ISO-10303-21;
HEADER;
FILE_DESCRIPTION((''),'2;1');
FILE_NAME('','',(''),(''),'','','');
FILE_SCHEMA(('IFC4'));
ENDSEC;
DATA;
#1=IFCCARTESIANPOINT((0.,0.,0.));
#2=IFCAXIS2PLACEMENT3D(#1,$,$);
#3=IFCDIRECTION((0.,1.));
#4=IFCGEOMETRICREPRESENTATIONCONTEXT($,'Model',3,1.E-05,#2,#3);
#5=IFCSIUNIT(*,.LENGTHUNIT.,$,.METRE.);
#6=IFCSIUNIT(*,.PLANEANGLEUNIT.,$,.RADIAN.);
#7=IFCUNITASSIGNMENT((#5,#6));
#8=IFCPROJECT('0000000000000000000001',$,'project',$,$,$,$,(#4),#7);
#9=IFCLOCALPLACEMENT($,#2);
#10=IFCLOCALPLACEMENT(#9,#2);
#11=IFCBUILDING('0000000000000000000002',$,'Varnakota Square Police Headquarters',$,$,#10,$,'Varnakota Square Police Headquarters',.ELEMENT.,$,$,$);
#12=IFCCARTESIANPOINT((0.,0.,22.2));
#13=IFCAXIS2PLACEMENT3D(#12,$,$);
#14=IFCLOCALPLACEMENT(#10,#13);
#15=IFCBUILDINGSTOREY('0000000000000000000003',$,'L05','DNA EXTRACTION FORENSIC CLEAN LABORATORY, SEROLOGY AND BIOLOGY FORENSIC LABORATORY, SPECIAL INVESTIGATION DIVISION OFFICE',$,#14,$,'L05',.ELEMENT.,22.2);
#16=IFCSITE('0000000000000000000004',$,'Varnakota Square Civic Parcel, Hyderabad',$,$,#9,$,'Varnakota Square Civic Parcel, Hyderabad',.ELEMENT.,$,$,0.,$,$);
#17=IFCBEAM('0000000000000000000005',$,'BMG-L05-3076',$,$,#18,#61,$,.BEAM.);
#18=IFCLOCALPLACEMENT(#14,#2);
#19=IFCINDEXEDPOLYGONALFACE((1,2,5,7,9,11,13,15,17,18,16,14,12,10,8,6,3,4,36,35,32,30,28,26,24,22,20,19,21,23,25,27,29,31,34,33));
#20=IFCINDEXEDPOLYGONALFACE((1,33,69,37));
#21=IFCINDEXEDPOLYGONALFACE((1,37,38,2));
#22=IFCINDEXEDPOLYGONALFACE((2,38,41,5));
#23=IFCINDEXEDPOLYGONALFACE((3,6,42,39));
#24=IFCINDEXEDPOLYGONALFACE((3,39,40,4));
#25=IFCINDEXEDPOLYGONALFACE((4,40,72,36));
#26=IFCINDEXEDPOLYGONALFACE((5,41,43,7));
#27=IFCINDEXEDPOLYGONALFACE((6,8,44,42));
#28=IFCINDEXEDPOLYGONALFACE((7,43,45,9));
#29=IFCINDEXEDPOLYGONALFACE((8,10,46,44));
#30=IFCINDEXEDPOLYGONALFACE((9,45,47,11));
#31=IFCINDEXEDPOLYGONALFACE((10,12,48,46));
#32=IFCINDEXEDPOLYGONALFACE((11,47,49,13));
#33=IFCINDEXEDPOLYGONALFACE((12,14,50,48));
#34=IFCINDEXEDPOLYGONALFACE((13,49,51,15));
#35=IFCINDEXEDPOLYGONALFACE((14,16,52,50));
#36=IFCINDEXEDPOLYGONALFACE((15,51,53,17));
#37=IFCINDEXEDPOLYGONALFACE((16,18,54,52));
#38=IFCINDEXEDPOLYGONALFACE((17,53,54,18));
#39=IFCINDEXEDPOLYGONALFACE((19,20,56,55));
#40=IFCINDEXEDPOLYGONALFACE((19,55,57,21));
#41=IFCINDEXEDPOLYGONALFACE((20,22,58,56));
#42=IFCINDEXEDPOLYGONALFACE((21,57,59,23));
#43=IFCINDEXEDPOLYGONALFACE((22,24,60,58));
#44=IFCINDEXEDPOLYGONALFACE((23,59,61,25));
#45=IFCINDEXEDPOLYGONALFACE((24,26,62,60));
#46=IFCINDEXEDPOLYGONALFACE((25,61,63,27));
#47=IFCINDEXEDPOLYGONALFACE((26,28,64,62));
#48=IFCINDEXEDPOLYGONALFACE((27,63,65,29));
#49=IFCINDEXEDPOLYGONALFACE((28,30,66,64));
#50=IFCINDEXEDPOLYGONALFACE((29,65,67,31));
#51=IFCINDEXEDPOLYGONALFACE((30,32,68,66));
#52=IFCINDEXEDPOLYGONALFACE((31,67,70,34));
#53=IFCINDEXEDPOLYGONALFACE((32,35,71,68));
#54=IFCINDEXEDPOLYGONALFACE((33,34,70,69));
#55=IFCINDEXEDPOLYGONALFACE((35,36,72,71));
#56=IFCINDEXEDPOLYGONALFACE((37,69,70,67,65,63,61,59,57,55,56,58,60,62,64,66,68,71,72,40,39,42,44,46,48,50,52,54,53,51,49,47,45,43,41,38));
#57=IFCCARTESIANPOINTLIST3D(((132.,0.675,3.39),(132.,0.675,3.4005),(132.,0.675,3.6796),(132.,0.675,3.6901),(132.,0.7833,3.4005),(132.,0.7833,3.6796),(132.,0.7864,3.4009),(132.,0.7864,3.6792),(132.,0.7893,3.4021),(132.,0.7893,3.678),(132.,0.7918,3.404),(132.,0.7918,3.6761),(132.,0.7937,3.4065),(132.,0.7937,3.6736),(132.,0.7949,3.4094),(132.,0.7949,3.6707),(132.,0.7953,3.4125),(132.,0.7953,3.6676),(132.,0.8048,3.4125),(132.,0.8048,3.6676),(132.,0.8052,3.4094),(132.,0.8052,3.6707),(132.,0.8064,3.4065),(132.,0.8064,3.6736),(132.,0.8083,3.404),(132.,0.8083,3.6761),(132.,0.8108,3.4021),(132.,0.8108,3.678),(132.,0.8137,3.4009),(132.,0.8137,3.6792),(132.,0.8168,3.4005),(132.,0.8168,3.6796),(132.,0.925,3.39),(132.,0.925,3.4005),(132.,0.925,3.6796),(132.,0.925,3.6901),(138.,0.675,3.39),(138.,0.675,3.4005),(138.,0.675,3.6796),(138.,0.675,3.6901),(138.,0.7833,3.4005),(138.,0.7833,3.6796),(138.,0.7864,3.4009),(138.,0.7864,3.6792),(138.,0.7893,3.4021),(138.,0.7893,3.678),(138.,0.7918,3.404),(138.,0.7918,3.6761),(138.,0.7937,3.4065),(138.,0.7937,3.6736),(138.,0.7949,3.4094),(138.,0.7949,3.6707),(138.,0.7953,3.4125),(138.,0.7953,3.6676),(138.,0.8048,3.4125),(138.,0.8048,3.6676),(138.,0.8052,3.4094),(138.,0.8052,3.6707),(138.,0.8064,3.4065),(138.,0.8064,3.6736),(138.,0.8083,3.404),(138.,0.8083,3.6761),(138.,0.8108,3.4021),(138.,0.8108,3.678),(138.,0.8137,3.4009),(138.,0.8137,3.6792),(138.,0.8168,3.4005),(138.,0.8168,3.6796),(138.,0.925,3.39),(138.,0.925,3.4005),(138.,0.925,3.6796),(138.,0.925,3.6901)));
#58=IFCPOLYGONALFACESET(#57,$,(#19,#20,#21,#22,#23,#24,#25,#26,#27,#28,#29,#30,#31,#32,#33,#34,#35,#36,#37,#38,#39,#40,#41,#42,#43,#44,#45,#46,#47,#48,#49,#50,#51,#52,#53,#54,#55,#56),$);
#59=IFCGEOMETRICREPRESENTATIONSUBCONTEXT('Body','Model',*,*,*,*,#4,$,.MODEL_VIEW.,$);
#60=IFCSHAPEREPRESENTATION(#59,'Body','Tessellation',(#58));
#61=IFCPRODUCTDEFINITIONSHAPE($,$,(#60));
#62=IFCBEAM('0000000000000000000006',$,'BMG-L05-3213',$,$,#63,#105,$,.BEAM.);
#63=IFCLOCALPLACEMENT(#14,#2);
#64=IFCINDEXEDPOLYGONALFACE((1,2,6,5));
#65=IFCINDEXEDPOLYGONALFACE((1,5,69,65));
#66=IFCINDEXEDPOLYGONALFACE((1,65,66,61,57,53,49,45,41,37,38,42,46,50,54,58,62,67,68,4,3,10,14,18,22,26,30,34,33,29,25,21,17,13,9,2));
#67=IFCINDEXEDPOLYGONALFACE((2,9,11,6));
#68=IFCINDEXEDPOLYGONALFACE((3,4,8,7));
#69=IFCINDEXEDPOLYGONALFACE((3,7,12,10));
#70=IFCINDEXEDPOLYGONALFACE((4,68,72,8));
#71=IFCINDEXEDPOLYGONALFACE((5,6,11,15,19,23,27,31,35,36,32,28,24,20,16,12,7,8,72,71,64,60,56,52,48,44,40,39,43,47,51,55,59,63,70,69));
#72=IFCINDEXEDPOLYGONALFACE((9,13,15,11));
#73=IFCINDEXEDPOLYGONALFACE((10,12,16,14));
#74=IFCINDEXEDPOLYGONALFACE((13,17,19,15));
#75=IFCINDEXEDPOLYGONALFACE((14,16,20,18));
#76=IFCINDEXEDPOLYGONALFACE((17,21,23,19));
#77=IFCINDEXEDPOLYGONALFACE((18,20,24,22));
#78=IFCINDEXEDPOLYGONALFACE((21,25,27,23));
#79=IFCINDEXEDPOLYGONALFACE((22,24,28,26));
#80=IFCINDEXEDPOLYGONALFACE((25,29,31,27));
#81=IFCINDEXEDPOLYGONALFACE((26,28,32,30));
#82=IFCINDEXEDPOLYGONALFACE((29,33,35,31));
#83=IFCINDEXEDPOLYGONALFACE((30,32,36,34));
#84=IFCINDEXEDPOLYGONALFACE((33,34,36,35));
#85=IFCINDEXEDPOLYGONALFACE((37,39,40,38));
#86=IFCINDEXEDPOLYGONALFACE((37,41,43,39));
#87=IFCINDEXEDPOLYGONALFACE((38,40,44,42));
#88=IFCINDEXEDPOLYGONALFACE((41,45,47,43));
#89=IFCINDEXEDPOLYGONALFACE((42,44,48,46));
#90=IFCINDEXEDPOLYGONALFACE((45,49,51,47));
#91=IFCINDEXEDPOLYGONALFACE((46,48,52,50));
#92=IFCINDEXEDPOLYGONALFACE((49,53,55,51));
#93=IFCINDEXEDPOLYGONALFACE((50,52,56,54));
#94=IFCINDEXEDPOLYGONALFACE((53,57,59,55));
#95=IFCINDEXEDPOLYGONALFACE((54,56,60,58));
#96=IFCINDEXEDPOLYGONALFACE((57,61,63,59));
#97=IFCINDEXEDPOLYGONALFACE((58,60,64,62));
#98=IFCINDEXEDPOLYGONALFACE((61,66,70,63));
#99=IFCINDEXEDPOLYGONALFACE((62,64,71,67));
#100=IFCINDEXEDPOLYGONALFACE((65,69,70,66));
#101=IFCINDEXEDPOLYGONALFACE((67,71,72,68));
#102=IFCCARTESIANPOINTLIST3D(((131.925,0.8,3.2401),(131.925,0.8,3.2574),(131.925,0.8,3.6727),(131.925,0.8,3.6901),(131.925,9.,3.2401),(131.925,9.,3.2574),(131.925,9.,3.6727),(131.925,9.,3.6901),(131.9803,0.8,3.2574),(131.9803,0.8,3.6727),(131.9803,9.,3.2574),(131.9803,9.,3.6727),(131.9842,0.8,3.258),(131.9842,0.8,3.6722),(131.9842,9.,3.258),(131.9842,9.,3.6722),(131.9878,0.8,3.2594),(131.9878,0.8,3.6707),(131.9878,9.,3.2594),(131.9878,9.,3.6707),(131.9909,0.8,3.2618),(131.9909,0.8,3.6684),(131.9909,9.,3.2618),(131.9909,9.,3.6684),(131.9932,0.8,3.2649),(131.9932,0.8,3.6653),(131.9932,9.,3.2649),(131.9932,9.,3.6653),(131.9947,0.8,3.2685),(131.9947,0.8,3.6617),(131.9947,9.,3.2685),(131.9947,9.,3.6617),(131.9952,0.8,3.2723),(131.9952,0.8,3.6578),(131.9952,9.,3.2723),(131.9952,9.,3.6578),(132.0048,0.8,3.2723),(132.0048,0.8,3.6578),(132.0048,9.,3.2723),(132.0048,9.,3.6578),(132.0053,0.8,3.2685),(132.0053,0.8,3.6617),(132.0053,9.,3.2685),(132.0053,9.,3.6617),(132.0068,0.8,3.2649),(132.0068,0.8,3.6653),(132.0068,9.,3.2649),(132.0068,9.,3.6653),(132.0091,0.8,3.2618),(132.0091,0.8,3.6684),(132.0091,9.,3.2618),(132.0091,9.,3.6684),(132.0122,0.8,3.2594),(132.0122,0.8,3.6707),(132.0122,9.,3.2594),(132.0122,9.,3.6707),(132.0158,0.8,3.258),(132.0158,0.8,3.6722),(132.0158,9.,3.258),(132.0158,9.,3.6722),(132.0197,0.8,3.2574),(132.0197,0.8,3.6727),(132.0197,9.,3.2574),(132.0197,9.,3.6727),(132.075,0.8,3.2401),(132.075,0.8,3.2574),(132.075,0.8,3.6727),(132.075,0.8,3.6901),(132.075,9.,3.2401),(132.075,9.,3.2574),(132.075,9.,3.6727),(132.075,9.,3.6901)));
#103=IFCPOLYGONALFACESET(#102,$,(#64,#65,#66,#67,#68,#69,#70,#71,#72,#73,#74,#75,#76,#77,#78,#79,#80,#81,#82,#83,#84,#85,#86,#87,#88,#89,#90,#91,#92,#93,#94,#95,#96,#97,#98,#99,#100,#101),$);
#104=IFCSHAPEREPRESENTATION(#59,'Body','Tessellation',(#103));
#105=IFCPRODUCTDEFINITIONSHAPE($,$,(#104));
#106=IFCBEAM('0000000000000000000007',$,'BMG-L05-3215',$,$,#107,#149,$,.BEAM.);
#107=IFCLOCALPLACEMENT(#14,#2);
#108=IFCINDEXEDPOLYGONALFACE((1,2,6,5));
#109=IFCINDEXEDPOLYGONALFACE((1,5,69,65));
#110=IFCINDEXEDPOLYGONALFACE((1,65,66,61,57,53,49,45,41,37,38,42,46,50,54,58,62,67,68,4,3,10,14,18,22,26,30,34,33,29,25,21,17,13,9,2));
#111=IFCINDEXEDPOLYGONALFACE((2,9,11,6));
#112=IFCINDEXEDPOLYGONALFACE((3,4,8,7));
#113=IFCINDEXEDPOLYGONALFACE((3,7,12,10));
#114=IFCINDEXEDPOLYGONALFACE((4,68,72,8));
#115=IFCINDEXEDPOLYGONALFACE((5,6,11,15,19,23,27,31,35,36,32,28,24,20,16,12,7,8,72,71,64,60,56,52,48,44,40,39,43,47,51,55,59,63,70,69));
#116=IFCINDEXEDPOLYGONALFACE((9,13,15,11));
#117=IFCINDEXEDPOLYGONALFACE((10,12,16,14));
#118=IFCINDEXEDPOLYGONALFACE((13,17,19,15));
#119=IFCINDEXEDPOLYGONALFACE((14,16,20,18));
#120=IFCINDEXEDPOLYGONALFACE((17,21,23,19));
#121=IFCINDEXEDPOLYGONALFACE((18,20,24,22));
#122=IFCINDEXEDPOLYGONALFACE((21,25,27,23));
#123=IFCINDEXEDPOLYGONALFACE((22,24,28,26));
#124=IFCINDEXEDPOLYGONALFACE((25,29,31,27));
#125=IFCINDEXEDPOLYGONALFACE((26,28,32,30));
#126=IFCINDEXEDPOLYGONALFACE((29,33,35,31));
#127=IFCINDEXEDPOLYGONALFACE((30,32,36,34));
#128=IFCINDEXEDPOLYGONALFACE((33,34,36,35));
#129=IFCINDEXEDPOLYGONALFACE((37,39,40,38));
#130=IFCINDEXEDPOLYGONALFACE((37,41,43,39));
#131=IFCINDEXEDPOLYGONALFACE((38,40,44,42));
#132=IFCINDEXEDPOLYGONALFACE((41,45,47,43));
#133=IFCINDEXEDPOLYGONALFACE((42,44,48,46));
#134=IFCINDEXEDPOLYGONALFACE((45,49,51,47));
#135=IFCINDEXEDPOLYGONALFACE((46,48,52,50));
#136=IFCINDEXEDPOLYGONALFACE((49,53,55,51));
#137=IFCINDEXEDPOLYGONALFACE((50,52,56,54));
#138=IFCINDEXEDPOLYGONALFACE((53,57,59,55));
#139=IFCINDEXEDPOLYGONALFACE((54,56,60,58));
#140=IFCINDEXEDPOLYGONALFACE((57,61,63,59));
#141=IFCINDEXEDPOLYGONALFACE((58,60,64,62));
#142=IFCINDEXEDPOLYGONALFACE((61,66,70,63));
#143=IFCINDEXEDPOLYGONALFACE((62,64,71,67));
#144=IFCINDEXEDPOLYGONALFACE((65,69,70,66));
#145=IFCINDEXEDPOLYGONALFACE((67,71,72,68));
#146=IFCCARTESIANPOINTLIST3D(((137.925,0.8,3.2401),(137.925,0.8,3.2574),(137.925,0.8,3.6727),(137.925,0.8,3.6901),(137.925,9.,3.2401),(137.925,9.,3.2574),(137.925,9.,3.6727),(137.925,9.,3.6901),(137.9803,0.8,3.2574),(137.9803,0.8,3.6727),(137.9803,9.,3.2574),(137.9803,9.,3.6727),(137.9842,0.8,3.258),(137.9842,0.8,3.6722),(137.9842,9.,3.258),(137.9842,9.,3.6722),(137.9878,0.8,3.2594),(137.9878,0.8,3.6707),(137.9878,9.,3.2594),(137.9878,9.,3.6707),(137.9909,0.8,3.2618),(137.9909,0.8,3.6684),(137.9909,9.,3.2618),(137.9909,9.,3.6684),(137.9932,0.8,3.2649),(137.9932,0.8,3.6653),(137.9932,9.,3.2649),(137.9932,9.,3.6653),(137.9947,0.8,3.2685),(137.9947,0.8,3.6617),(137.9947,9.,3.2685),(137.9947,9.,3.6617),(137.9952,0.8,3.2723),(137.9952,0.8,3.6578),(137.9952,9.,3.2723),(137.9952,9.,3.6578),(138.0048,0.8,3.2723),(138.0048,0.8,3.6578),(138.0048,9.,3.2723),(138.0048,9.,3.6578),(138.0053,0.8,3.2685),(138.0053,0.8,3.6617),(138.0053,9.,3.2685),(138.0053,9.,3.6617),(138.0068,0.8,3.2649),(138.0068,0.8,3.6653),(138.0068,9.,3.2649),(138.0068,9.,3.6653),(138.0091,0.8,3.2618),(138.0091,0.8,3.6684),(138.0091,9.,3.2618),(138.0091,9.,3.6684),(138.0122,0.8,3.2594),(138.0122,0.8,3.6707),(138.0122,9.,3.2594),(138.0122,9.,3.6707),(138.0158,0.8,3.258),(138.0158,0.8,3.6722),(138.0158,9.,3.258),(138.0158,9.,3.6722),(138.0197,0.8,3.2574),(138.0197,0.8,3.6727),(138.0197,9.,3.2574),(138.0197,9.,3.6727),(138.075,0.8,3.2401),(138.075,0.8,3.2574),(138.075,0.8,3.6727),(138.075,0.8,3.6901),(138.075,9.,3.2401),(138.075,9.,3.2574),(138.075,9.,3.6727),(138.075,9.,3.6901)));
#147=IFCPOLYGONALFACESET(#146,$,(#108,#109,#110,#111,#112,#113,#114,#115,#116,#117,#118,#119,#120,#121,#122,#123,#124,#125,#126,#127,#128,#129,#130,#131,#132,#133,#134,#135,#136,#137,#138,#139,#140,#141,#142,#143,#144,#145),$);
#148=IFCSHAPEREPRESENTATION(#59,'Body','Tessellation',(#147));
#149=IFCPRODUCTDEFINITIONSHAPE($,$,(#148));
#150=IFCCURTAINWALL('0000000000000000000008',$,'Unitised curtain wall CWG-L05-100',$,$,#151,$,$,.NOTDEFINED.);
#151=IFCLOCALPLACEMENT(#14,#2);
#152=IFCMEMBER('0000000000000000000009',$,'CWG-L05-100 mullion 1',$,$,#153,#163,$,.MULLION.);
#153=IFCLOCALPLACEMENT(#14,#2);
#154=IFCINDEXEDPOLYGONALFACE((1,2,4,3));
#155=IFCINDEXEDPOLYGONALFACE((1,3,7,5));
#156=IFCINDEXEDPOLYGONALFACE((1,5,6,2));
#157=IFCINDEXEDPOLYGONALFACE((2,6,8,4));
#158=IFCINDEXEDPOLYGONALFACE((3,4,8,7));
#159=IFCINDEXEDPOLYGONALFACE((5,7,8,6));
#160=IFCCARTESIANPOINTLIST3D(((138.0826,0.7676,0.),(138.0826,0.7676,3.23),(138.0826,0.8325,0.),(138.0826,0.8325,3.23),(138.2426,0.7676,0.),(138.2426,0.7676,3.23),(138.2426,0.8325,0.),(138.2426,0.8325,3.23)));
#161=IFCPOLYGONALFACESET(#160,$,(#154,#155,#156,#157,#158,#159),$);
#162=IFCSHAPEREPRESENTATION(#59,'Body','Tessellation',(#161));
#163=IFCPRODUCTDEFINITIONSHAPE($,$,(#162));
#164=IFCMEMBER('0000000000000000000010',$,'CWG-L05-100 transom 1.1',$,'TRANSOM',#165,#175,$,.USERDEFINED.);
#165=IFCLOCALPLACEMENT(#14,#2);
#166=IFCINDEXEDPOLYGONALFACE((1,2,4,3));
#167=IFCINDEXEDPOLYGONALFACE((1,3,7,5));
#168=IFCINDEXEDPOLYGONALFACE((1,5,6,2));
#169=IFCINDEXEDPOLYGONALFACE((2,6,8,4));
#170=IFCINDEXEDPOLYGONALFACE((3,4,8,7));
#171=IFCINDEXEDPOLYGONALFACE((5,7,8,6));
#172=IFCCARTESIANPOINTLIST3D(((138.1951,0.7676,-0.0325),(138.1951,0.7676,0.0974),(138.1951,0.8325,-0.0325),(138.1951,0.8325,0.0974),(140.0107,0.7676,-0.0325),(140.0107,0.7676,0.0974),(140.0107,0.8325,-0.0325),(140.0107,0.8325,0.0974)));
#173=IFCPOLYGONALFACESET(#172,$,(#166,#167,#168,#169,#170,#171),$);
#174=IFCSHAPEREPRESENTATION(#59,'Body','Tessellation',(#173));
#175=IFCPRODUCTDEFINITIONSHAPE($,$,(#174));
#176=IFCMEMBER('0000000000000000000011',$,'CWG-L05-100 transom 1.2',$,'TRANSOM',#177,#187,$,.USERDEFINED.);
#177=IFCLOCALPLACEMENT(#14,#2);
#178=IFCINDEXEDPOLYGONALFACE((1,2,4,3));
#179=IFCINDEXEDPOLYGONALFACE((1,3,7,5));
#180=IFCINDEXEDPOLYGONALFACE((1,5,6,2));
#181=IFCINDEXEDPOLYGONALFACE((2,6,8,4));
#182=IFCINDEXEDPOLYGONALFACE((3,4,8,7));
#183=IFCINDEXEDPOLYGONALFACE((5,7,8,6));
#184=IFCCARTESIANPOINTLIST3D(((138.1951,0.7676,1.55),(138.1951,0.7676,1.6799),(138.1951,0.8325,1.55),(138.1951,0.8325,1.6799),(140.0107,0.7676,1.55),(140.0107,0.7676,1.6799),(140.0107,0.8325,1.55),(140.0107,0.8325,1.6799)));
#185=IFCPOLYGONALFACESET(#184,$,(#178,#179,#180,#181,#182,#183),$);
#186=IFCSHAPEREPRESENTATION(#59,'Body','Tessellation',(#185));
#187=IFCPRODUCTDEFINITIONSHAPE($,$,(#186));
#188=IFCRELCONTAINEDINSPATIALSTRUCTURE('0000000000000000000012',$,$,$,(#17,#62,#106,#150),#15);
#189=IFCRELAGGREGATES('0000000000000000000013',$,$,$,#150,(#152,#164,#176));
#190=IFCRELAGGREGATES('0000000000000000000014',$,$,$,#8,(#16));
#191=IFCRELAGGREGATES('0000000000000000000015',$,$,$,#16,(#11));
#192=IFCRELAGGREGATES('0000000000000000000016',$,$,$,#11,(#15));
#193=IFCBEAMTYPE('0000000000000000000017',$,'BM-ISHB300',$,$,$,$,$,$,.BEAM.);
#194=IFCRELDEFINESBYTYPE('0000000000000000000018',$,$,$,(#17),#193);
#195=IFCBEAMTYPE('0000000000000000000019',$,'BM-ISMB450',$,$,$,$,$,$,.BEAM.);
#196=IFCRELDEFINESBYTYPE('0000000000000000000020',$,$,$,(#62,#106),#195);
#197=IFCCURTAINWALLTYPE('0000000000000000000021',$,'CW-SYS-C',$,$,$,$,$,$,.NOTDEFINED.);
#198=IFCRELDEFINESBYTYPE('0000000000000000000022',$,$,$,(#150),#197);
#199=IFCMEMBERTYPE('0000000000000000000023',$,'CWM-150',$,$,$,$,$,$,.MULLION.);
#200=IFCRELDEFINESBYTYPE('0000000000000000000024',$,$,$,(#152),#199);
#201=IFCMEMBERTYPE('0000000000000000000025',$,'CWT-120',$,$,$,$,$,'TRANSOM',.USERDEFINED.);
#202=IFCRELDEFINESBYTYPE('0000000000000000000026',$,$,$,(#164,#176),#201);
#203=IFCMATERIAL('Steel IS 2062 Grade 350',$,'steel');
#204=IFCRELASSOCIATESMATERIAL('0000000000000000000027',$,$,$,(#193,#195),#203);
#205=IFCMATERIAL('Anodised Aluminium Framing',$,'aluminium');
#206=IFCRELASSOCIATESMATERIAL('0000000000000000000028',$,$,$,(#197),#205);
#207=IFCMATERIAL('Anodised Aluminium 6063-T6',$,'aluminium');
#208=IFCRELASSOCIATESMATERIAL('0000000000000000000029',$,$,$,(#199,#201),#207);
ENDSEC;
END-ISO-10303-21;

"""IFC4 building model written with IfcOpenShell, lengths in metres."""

from ifc_helpers import new_model, si_unit, direction, frame, origin, origin_2d, place, context, subcontext, project, spatial, rectangle, i_section, extrude, material, material_profile, profile_set, type_object, element, aggregate, save


model = new_model("IFC4")

# Units and contexts
model_context = context("Model", 3, precision=1e-05, world=origin(), true_north=direction((0.0, 1.0)))
body_context = subcontext(model_context, "Body", "Model", "MODEL_VIEW")
ifc_project = project(units=[si_unit("LENGTHUNIT", "METRE"), si_unit("PLANEANGLEUNIT", "RADIAN")], contexts=[model_context])

# Site, building, storey
site_placement = place(None, origin())
site = spatial("IfcSite", under=ifc_project, at=site_placement, Name="Varnakota Square Civic Parcel, Hyderabad", LongName="Varnakota Square Civic Parcel, Hyderabad", CompositionType="ELEMENT", RefElevation=0.0)
building_placement = place(site_placement, origin())
building = spatial("IfcBuilding", under=site, at=building_placement, Name="Varnakota Square Police Headquarters", LongName="Varnakota Square Police Headquarters", CompositionType="ELEMENT")
storey_placement = place(building_placement, frame((0.0, 0.0, 22.2)))
storey = spatial("IfcBuildingStorey", under=building, at=storey_placement, Name="L05", Description="DNA EXTRACTION FORENSIC CLEAN LABORATORY, SEROLOGY AND BIOLOGY FORENSIC LABORATORY, SPECIAL INVESTIGATION DIVISION OFFICE", LongName="L05", CompositionType="ELEMENT", Elevation=22.2)

# Shared definitions
ifc_material_1 = material(Name="Steel IS 2062 Grade 350", Category="steel")

# Beams
ifc_material_profile_1 = material_profile(ifc_material_1, i_section(OverallWidth=0.25, OverallDepth=0.3, WebThickness=0.0095, FlangeThickness=0.0105, FilletRadius=0.012, at=origin_2d()), Name="ISHB 300")
ifc_profile_set_1 = profile_set([ifc_material_profile_1], Name="Steel IS 2062 Grade 350")
beam_type_1 = type_object("IfcBeamType", Name="BM-ISHB300", PredefinedType="BEAM", material=ifc_profile_set_1)
beam_1_placement = place(storey_placement, frame((132.0, 0.8, 3.54), z_axis=(1.0, 0.0, 0.0), x_axis=(0.0, 1.0, 0.0)))
element("IfcBeam", 1, at=beam_1_placement, inside=storey, type_object=beam_type_1, Name="BMG-L05-3076", PredefinedType="BEAM", context=body_context, shape_type="SweptSolid", body=[
    extrude(i_section(OverallWidth=0.25, OverallDepth=0.3, WebThickness=0.0095, FlangeThickness=0.0105, FilletRadius=0.012, at=origin_2d()), origin(), (0.0, 0.0, 1.0), 6.0),
])
ifc_material_profile_2 = material_profile(ifc_material_1, i_section(OverallWidth=0.1499, OverallDepth=0.45, WebThickness=0.0095, FlangeThickness=0.0173, FilletRadius=0.0149, at=origin_2d()), Name="ISMB 450")
ifc_profile_set_2 = profile_set([ifc_material_profile_2], Name="Steel IS 2062 Grade 350")
beam_type_2 = type_object("IfcBeamType", Name="BM-ISMB450", PredefinedType="BEAM", material=ifc_profile_set_2)
for number, where, z_axis, x_axis, name in (
    (2, (132.0, 0.8, 3.4651), (0.0, 1.0, 0.0), (-1.0, 0.0, 0.0), "BMG-L05-3213"),
    (3, (138.0, 0.8, 3.4651), (0.0, 1.0, 0.0), (-1.0, 0.0, 0.0), "BMG-L05-3215"),
):
    element("IfcBeam", number, at=place(storey_placement, frame(where, z_axis=z_axis, x_axis=x_axis)), inside=storey, type_object=beam_type_2, Name=name, PredefinedType="BEAM", context=body_context, shape_type="SweptSolid", body=[
        extrude(i_section(OverallWidth=0.1499, OverallDepth=0.45, WebThickness=0.0095, FlangeThickness=0.0173, FilletRadius=0.0149, at=origin_2d()), origin(), (0.0, 0.0, 1.0), 8.2),
    ])

# Curtain wall, members
ifc_material_2 = material(Name="Anodised Aluminium Framing", Category="aluminium")
curtain_wall_type = type_object("IfcCurtainWallType", Name="CW-SYS-C", PredefinedType="NOTDEFINED", material=ifc_material_2)
curtain_wall_placement = place(storey_placement, origin())
curtain_wall = element("IfcCurtainWall", 4, at=curtain_wall_placement, inside=storey, type_object=curtain_wall_type, Name="Unitised curtain wall CWG-L05-100", PredefinedType="NOTDEFINED")
ifc_material_3 = material(Name="Anodised Aluminium 6063-T6", Category="aluminium")
ifc_material_profile_3 = material_profile(ifc_material_3, rectangle(XDim=0.0649, YDim=0.1599, at=origin_2d()), Name="ALU MULLION 65x160")
ifc_profile_set_3 = profile_set([ifc_material_profile_3], Name="Anodised Aluminium 6063-T6")
member_type_1 = type_object("IfcMemberType", Name="CWM-150", PredefinedType="MULLION", material=ifc_profile_set_3)
member_1_placement = place(storey_placement, frame((138.1626, 0.8, 0.0), z_axis=(0.0, 0.0, 1.0), x_axis=(0.0, 1.0, 0.0)))
member_1 = element("IfcMember", 5, at=member_1_placement, type_object=member_type_1, Name="CWG-L05-100 mullion 1", PredefinedType="MULLION", context=body_context, shape_type="SweptSolid", body=[
    extrude(rectangle(XDim=0.0649, YDim=0.1599, at=origin_2d()), origin(), (0.0, 0.0, 1.0), 3.23),
])
ifc_material_profile_4 = material_profile(ifc_material_3, rectangle(XDim=0.0649, YDim=0.1299, at=origin_2d()), Name="ALU TRANSOM 65x130")
ifc_profile_set_4 = profile_set([ifc_material_profile_4], Name="Anodised Aluminium 6063-T6")
member_type_2 = type_object("IfcMemberType", Name="CWT-120", ElementType="TRANSOM", PredefinedType="USERDEFINED", material=ifc_profile_set_4)
member_2_placement = place(storey_placement, frame((138.1951, 0.8, 0.0325), z_axis=(1.0, 0.0, 0.0), x_axis=(0.0, 1.0, 0.0)))
member_2 = element("IfcMember", 6, at=member_2_placement, type_object=member_type_2, Name="CWG-L05-100 transom 1.1", ObjectType="TRANSOM", PredefinedType="USERDEFINED", context=body_context, shape_type="SweptSolid", body=[
    extrude(rectangle(XDim=0.0649, YDim=0.1299, at=origin_2d()), origin(), (0.0, 0.0, 1.0), 1.8157),
])
member_3_placement = place(storey_placement, frame((138.1951, 0.8, 1.615), z_axis=(1.0, 0.0, 0.0), x_axis=(0.0, 1.0, 0.0)))
member_3 = element("IfcMember", 7, at=member_3_placement, type_object=member_type_2, Name="CWG-L05-100 transom 1.2", ObjectType="TRANSOM", PredefinedType="USERDEFINED", context=body_context, shape_type="SweptSolid", body=[
    extrude(rectangle(XDim=0.0649, YDim=0.1299, at=origin_2d()), origin(), (0.0, 0.0, 1.0), 1.8157),
])
aggregate(curtain_wall, [member_1, member_2, member_3])

save(model, "model.ifc")
